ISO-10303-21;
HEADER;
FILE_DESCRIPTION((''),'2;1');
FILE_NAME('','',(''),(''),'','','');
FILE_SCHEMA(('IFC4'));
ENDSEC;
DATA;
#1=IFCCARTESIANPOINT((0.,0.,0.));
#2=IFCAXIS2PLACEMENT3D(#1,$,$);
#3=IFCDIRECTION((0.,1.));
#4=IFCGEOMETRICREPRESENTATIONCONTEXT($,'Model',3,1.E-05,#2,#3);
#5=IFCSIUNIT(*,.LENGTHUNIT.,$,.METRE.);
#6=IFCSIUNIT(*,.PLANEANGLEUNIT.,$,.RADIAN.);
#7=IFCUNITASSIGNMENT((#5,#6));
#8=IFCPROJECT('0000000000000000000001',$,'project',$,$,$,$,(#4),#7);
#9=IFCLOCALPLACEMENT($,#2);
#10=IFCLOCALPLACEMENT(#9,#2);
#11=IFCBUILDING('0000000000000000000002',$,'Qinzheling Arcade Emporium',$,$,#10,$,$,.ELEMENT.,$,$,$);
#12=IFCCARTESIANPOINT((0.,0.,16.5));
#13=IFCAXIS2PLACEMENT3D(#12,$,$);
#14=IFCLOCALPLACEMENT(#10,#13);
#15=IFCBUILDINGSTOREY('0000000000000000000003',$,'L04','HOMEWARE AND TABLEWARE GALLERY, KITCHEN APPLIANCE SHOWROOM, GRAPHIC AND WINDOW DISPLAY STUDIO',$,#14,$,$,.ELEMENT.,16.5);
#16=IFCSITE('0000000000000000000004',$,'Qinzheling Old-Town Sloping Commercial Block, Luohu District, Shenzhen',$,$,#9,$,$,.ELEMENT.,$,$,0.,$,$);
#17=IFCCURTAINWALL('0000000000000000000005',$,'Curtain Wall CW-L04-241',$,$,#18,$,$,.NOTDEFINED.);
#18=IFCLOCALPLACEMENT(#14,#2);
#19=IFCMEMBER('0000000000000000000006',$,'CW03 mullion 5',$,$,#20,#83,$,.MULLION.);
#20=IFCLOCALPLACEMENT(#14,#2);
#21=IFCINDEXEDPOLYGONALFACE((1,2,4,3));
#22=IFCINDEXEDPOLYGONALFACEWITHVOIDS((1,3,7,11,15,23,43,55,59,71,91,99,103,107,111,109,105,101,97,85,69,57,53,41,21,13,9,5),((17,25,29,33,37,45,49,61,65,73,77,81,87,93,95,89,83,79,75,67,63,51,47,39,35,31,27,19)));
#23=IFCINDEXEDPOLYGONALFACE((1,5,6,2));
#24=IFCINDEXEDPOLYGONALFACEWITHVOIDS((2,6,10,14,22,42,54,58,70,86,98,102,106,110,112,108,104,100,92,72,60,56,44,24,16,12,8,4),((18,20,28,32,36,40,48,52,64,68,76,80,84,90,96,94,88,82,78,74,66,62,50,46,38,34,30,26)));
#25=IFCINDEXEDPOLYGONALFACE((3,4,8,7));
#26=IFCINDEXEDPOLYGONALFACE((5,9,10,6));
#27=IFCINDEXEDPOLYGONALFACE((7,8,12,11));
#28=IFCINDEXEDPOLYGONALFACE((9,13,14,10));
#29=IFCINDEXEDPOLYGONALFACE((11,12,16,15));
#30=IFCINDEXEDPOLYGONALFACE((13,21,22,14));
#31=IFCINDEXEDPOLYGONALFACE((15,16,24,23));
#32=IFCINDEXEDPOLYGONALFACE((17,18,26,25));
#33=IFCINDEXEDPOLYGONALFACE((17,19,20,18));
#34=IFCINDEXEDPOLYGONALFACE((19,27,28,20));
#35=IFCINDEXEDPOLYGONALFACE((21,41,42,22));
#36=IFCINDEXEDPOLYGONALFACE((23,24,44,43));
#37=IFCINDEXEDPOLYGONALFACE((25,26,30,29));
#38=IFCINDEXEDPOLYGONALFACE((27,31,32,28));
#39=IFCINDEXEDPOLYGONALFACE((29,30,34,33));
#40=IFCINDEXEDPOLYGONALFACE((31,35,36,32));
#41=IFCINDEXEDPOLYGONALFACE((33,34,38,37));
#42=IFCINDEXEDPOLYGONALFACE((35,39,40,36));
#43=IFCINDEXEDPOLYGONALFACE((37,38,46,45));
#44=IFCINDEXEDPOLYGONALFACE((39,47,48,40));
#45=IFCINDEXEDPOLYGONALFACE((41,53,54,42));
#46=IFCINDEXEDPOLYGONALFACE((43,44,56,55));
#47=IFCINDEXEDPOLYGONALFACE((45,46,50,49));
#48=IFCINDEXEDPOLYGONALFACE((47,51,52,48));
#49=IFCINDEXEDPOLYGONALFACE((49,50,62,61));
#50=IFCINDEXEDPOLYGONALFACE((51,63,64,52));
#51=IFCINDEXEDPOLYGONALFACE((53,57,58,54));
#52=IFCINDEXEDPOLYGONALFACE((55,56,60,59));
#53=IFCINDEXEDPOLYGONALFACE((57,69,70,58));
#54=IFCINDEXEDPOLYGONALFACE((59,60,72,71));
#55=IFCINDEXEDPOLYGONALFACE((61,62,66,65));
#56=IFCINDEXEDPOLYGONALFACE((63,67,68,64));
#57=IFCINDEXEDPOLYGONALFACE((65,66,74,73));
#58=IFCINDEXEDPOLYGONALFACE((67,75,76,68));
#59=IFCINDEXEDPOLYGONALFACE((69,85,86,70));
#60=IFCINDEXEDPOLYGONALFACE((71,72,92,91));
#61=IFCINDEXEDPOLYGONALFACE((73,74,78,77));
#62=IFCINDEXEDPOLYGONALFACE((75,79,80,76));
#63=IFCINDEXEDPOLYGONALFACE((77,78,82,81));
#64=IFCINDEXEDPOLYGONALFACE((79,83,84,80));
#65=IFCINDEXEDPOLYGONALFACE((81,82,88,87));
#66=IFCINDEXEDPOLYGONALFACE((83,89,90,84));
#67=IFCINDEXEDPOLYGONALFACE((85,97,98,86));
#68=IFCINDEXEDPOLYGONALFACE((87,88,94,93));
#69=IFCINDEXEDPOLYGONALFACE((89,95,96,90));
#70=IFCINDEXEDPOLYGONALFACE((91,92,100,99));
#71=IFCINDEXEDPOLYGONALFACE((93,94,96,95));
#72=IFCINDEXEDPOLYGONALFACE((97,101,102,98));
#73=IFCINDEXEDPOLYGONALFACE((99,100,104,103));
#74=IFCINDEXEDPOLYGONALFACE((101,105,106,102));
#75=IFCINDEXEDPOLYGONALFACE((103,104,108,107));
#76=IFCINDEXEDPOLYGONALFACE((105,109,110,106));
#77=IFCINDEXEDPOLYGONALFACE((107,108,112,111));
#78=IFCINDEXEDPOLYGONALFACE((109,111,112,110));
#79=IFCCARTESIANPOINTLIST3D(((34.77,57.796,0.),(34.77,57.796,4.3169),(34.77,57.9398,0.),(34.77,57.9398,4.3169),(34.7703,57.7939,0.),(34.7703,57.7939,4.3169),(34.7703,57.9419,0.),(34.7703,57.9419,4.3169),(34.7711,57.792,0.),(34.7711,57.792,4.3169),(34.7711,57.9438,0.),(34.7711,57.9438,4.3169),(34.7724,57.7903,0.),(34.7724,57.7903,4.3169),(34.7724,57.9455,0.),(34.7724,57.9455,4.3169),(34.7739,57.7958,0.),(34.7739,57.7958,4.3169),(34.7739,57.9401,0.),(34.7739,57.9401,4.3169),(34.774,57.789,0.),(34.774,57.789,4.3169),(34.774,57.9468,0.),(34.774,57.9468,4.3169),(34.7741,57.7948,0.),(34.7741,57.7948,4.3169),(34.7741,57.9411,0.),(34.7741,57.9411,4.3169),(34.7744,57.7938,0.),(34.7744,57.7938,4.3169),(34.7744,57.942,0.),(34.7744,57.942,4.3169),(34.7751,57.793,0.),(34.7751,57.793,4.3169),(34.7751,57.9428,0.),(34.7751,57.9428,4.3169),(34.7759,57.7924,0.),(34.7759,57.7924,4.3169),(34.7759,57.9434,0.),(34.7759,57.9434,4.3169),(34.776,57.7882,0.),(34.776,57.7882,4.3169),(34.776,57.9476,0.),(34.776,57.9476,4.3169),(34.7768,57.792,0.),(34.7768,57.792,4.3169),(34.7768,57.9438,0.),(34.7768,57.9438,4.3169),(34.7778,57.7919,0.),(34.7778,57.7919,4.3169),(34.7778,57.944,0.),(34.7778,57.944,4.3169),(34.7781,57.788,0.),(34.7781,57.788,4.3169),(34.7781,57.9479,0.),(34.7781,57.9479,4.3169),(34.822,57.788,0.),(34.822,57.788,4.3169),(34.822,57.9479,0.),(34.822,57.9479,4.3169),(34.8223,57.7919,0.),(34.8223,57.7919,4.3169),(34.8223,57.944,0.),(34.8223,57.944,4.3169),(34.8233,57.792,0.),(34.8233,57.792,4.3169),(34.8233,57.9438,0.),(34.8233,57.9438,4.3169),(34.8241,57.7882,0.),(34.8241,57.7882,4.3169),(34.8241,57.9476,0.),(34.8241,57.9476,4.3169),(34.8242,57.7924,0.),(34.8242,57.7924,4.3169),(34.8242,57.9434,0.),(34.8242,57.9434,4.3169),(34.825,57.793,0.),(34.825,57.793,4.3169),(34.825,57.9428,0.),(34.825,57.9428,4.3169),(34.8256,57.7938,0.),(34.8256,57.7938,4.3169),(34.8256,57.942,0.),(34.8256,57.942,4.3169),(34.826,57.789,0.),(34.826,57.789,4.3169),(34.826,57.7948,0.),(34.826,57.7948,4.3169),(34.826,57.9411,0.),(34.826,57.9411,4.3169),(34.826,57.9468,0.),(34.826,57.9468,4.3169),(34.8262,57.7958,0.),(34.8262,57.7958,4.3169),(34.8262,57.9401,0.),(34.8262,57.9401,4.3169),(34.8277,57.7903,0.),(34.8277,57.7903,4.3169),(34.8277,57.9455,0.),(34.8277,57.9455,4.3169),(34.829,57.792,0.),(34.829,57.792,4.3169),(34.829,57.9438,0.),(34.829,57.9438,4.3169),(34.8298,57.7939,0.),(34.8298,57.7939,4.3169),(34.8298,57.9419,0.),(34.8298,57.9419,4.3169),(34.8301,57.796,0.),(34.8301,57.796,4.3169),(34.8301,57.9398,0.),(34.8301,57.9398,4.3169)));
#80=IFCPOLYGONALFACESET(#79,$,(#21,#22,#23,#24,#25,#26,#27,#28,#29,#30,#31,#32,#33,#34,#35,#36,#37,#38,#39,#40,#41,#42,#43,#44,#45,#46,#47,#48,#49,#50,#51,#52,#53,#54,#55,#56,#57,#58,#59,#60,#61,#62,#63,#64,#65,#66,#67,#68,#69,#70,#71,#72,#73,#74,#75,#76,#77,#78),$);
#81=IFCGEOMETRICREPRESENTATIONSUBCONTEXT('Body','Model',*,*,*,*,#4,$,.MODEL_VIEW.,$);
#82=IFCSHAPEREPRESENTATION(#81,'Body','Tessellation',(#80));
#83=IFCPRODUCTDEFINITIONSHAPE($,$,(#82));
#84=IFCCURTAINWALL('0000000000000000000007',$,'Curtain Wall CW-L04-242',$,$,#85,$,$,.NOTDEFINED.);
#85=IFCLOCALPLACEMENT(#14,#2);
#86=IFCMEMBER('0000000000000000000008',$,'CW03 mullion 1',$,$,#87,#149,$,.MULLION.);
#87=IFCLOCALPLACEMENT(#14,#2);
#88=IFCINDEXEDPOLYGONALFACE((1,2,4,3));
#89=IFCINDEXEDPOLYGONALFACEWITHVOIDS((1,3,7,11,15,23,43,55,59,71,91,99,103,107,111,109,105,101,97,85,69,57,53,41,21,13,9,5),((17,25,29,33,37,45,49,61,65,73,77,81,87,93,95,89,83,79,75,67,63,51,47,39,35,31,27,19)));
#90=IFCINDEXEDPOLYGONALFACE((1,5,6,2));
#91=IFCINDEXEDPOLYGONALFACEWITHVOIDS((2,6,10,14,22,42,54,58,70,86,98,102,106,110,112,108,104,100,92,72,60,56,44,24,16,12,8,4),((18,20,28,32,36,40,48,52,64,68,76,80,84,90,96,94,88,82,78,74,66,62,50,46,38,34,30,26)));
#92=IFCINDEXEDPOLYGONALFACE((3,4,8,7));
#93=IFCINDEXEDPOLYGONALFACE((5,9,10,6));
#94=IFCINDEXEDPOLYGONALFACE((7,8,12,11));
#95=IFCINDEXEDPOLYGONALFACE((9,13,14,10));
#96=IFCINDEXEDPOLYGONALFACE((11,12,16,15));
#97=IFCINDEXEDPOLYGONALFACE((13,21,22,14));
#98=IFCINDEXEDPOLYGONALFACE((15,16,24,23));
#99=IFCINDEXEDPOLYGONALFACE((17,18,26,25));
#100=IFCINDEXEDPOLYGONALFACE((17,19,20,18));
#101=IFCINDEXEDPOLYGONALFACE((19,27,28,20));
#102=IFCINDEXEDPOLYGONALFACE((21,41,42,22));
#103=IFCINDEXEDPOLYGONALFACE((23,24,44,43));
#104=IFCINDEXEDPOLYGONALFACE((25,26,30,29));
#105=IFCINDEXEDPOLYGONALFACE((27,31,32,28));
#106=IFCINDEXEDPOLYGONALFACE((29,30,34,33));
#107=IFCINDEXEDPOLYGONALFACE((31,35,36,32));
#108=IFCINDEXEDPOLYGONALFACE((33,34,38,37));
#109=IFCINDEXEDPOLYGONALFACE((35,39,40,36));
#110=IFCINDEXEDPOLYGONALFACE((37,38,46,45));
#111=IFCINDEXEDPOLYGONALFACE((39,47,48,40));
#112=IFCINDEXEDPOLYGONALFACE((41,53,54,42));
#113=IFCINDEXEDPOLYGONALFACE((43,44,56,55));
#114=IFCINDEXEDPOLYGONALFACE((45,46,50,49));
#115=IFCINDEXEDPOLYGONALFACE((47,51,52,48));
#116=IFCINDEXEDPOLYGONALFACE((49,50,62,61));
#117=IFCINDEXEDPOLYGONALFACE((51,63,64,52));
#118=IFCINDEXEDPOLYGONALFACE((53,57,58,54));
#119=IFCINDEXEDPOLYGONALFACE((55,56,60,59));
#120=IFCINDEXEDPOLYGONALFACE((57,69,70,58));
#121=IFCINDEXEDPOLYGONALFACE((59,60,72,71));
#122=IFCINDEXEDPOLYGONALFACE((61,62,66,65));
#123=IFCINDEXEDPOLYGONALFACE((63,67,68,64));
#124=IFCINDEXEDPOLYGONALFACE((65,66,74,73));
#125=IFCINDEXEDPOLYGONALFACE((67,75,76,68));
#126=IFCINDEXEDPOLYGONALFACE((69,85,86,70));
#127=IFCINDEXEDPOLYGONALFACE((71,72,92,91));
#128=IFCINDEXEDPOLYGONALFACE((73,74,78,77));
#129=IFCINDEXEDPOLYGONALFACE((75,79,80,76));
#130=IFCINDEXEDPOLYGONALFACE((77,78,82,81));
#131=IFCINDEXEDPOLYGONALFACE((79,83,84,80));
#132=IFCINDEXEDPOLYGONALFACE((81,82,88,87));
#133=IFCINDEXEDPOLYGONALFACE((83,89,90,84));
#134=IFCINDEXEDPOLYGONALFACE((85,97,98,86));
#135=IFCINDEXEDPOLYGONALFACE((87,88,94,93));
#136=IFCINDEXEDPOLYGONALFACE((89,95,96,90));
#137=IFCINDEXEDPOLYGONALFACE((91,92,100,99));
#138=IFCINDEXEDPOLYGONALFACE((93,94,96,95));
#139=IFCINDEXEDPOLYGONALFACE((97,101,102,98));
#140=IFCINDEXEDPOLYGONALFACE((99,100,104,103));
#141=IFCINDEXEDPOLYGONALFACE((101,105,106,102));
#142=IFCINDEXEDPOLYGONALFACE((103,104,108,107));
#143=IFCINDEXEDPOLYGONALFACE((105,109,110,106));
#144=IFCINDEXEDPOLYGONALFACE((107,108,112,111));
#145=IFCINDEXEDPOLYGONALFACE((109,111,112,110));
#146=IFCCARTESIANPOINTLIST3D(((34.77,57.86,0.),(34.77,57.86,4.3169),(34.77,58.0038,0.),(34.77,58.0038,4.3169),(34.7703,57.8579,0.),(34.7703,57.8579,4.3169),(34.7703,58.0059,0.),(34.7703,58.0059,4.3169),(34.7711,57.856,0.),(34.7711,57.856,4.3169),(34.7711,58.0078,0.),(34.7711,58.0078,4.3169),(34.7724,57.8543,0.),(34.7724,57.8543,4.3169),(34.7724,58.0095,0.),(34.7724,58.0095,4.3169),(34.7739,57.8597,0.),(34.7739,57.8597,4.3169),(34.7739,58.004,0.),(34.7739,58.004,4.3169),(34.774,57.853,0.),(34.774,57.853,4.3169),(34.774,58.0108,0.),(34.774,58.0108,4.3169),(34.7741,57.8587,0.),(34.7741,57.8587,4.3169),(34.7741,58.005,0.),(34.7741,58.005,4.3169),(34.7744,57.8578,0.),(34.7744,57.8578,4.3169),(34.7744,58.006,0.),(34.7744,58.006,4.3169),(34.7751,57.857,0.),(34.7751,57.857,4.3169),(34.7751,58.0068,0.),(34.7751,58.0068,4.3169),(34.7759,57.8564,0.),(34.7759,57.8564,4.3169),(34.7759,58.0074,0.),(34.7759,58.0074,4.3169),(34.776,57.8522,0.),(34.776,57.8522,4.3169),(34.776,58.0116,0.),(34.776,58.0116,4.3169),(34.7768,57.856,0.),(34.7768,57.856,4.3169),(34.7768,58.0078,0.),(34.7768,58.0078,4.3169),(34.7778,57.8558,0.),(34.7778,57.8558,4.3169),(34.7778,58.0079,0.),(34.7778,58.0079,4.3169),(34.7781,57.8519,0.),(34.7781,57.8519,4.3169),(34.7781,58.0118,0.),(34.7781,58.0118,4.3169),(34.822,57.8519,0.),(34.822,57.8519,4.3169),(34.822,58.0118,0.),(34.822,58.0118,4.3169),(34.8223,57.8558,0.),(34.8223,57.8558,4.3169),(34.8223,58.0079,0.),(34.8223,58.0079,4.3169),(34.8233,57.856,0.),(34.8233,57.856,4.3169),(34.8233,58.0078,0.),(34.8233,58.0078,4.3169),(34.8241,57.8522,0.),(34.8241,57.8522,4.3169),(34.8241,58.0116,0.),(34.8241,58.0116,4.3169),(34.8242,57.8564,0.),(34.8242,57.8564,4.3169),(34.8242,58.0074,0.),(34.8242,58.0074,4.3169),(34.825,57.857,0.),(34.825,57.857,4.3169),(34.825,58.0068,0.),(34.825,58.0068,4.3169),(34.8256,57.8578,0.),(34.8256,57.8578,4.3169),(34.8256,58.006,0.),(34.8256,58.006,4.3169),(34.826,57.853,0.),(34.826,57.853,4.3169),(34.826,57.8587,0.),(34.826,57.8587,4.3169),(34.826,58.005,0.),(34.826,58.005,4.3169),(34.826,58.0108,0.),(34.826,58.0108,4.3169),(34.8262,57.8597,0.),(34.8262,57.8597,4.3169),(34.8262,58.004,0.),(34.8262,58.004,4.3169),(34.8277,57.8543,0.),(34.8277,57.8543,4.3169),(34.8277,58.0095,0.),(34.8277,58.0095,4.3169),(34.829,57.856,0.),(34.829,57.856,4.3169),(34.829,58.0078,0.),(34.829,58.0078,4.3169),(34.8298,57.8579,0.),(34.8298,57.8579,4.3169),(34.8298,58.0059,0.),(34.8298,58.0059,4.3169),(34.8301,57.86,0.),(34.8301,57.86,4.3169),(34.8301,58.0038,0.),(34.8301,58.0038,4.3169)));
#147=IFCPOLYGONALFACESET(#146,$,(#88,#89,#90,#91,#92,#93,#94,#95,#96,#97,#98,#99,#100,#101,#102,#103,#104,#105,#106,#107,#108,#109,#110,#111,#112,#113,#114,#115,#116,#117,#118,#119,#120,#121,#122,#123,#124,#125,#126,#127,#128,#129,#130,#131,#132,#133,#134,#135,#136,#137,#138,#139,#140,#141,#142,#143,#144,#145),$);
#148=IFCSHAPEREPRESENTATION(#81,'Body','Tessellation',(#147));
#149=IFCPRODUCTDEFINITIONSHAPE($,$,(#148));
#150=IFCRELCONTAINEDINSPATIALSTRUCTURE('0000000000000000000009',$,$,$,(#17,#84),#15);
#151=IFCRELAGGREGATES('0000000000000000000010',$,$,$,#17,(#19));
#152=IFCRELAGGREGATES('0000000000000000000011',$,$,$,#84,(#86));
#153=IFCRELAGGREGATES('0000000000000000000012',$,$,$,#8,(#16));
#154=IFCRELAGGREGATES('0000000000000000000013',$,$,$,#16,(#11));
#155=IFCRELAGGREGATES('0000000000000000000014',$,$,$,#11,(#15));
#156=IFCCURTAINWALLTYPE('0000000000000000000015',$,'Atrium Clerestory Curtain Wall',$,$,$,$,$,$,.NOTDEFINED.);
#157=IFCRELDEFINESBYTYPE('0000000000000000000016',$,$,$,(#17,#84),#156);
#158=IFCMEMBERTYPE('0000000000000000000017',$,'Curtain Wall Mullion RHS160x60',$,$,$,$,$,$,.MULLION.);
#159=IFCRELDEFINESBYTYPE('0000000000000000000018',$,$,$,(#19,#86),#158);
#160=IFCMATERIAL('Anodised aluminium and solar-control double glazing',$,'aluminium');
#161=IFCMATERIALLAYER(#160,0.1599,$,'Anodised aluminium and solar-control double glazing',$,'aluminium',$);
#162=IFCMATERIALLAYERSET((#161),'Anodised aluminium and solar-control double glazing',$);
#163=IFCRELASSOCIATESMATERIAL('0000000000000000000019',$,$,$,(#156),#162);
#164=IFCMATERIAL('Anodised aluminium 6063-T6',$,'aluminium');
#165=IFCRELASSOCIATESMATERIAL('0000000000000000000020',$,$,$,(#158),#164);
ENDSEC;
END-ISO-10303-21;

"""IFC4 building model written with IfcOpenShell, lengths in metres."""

from ifc_helpers import new_model, si_unit, direction, frame, origin, origin_2d, place, context, subcontext, project, spatial, hollow_rectangle, extrude, material, layer, layer_set, material_profile, profile_set, type_object, element, aggregate, save


model = new_model("IFC4")

# Units and contexts
model_context = context("Model", 3, precision=1e-05, world=origin(), true_north=direction((0.0, 1.0)))
body_context = subcontext(model_context, "Body", "Model", "MODEL_VIEW")
ifc_project = project(units=[si_unit("LENGTHUNIT", "METRE"), si_unit("PLANEANGLEUNIT", "RADIAN")], contexts=[model_context])

# Site, building, storey
site_placement = place(None, origin())
site = spatial("IfcSite", under=ifc_project, at=site_placement, Name="Qinzheling Old-Town Sloping Commercial Block, Luohu District, Shenzhen", CompositionType="ELEMENT", RefElevation=0.0)
building_placement = place(site_placement, origin())
building = spatial("IfcBuilding", under=site, at=building_placement, Name="Qinzheling Arcade Emporium", CompositionType="ELEMENT")
storey_placement = place(building_placement, frame((0.0, 0.0, 16.5)))
storey = spatial("IfcBuildingStorey", under=building, at=storey_placement, Name="L04", Description="HOMEWARE AND TABLEWARE GALLERY, KITCHEN APPLIANCE SHOWROOM, GRAPHIC AND WINDOW DISPLAY STUDIO", CompositionType="ELEMENT", Elevation=16.5)

# Curtain walls, members
ifc_material_1 = material(Name="Anodised aluminium and solar-control double glazing", Category="aluminium")
ifc_layer_1 = layer(ifc_material_1, 0.1599, Name="Anodised aluminium and solar-control double glazing", Category="aluminium")
ifc_layer_set_1 = layer_set([ifc_layer_1], Name="Anodised aluminium and solar-control double glazing")
curtain_wall_type = type_object("IfcCurtainWallType", Name="Atrium Clerestory Curtain Wall", PredefinedType="NOTDEFINED", material=ifc_layer_set_1)
curtain_wall_1_placement = place(storey_placement, origin())
curtain_wall_1 = element("IfcCurtainWall", 1, at=curtain_wall_1_placement, inside=storey, type_object=curtain_wall_type, Name="Curtain Wall CW-L04-241", PredefinedType="NOTDEFINED")
ifc_material_2 = material(Name="Anodised aluminium 6063-T6", Category="aluminium")
ifc_material_profile_1 = material_profile(ifc_material_2, hollow_rectangle(XDim=0.0601, YDim=0.1599, WallThickness=0.0039, InnerFilletRadius=0.0039, OuterFilletRadius=0.0081, at=origin_2d()), Name="RHS 160x60x4", Category="aluminium")
ifc_profile_set_1 = profile_set([ifc_material_profile_1], Name="Anodised aluminium 6063-T6")
member_type_1 = type_object("IfcMemberType", Name="Curtain Wall Mullion RHS160x60", PredefinedType="MULLION", material=ifc_profile_set_1)
member_1_placement = place(storey_placement, frame((34.8, 57.8679, 0.0), z_axis=(0.0, 0.0, 1.0), x_axis=(-1.0, 0.0, 0.0)))
member_1 = element("IfcMember", 2, at=member_1_placement, type_object=member_type_1, Name="CW03 mullion 5", PredefinedType="MULLION", context=body_context, shape_type="SweptSolid", body=[
    extrude(hollow_rectangle(XDim=0.0601, YDim=0.1599, WallThickness=0.0039, InnerFilletRadius=0.0039, OuterFilletRadius=0.0081, at=origin_2d()), origin(), (0.0, 0.0, 1.0), 4.3169),
])
curtain_wall_2_placement = place(storey_placement, origin())
curtain_wall_2 = element("IfcCurtainWall", 3, at=curtain_wall_2_placement, inside=storey, type_object=curtain_wall_type, Name="Curtain Wall CW-L04-242", PredefinedType="NOTDEFINED")
member_2_placement = place(storey_placement, frame((34.8, 57.9319, 0.0), z_axis=(0.0, 0.0, 1.0), x_axis=(-1.0, 0.0, 0.0)))
member_2 = element("IfcMember", 4, at=member_2_placement, type_object=member_type_1, Name="CW03 mullion 1", PredefinedType="MULLION", context=body_context, shape_type="SweptSolid", body=[
    extrude(hollow_rectangle(XDim=0.0601, YDim=0.1599, WallThickness=0.0039, InnerFilletRadius=0.0039, OuterFilletRadius=0.0081, at=origin_2d()), origin(), (0.0, 0.0, 1.0), 4.3169),
])

aggregate(curtain_wall_1, [member_1])
aggregate(curtain_wall_2, [member_2])

save(model, "model.ifc")
